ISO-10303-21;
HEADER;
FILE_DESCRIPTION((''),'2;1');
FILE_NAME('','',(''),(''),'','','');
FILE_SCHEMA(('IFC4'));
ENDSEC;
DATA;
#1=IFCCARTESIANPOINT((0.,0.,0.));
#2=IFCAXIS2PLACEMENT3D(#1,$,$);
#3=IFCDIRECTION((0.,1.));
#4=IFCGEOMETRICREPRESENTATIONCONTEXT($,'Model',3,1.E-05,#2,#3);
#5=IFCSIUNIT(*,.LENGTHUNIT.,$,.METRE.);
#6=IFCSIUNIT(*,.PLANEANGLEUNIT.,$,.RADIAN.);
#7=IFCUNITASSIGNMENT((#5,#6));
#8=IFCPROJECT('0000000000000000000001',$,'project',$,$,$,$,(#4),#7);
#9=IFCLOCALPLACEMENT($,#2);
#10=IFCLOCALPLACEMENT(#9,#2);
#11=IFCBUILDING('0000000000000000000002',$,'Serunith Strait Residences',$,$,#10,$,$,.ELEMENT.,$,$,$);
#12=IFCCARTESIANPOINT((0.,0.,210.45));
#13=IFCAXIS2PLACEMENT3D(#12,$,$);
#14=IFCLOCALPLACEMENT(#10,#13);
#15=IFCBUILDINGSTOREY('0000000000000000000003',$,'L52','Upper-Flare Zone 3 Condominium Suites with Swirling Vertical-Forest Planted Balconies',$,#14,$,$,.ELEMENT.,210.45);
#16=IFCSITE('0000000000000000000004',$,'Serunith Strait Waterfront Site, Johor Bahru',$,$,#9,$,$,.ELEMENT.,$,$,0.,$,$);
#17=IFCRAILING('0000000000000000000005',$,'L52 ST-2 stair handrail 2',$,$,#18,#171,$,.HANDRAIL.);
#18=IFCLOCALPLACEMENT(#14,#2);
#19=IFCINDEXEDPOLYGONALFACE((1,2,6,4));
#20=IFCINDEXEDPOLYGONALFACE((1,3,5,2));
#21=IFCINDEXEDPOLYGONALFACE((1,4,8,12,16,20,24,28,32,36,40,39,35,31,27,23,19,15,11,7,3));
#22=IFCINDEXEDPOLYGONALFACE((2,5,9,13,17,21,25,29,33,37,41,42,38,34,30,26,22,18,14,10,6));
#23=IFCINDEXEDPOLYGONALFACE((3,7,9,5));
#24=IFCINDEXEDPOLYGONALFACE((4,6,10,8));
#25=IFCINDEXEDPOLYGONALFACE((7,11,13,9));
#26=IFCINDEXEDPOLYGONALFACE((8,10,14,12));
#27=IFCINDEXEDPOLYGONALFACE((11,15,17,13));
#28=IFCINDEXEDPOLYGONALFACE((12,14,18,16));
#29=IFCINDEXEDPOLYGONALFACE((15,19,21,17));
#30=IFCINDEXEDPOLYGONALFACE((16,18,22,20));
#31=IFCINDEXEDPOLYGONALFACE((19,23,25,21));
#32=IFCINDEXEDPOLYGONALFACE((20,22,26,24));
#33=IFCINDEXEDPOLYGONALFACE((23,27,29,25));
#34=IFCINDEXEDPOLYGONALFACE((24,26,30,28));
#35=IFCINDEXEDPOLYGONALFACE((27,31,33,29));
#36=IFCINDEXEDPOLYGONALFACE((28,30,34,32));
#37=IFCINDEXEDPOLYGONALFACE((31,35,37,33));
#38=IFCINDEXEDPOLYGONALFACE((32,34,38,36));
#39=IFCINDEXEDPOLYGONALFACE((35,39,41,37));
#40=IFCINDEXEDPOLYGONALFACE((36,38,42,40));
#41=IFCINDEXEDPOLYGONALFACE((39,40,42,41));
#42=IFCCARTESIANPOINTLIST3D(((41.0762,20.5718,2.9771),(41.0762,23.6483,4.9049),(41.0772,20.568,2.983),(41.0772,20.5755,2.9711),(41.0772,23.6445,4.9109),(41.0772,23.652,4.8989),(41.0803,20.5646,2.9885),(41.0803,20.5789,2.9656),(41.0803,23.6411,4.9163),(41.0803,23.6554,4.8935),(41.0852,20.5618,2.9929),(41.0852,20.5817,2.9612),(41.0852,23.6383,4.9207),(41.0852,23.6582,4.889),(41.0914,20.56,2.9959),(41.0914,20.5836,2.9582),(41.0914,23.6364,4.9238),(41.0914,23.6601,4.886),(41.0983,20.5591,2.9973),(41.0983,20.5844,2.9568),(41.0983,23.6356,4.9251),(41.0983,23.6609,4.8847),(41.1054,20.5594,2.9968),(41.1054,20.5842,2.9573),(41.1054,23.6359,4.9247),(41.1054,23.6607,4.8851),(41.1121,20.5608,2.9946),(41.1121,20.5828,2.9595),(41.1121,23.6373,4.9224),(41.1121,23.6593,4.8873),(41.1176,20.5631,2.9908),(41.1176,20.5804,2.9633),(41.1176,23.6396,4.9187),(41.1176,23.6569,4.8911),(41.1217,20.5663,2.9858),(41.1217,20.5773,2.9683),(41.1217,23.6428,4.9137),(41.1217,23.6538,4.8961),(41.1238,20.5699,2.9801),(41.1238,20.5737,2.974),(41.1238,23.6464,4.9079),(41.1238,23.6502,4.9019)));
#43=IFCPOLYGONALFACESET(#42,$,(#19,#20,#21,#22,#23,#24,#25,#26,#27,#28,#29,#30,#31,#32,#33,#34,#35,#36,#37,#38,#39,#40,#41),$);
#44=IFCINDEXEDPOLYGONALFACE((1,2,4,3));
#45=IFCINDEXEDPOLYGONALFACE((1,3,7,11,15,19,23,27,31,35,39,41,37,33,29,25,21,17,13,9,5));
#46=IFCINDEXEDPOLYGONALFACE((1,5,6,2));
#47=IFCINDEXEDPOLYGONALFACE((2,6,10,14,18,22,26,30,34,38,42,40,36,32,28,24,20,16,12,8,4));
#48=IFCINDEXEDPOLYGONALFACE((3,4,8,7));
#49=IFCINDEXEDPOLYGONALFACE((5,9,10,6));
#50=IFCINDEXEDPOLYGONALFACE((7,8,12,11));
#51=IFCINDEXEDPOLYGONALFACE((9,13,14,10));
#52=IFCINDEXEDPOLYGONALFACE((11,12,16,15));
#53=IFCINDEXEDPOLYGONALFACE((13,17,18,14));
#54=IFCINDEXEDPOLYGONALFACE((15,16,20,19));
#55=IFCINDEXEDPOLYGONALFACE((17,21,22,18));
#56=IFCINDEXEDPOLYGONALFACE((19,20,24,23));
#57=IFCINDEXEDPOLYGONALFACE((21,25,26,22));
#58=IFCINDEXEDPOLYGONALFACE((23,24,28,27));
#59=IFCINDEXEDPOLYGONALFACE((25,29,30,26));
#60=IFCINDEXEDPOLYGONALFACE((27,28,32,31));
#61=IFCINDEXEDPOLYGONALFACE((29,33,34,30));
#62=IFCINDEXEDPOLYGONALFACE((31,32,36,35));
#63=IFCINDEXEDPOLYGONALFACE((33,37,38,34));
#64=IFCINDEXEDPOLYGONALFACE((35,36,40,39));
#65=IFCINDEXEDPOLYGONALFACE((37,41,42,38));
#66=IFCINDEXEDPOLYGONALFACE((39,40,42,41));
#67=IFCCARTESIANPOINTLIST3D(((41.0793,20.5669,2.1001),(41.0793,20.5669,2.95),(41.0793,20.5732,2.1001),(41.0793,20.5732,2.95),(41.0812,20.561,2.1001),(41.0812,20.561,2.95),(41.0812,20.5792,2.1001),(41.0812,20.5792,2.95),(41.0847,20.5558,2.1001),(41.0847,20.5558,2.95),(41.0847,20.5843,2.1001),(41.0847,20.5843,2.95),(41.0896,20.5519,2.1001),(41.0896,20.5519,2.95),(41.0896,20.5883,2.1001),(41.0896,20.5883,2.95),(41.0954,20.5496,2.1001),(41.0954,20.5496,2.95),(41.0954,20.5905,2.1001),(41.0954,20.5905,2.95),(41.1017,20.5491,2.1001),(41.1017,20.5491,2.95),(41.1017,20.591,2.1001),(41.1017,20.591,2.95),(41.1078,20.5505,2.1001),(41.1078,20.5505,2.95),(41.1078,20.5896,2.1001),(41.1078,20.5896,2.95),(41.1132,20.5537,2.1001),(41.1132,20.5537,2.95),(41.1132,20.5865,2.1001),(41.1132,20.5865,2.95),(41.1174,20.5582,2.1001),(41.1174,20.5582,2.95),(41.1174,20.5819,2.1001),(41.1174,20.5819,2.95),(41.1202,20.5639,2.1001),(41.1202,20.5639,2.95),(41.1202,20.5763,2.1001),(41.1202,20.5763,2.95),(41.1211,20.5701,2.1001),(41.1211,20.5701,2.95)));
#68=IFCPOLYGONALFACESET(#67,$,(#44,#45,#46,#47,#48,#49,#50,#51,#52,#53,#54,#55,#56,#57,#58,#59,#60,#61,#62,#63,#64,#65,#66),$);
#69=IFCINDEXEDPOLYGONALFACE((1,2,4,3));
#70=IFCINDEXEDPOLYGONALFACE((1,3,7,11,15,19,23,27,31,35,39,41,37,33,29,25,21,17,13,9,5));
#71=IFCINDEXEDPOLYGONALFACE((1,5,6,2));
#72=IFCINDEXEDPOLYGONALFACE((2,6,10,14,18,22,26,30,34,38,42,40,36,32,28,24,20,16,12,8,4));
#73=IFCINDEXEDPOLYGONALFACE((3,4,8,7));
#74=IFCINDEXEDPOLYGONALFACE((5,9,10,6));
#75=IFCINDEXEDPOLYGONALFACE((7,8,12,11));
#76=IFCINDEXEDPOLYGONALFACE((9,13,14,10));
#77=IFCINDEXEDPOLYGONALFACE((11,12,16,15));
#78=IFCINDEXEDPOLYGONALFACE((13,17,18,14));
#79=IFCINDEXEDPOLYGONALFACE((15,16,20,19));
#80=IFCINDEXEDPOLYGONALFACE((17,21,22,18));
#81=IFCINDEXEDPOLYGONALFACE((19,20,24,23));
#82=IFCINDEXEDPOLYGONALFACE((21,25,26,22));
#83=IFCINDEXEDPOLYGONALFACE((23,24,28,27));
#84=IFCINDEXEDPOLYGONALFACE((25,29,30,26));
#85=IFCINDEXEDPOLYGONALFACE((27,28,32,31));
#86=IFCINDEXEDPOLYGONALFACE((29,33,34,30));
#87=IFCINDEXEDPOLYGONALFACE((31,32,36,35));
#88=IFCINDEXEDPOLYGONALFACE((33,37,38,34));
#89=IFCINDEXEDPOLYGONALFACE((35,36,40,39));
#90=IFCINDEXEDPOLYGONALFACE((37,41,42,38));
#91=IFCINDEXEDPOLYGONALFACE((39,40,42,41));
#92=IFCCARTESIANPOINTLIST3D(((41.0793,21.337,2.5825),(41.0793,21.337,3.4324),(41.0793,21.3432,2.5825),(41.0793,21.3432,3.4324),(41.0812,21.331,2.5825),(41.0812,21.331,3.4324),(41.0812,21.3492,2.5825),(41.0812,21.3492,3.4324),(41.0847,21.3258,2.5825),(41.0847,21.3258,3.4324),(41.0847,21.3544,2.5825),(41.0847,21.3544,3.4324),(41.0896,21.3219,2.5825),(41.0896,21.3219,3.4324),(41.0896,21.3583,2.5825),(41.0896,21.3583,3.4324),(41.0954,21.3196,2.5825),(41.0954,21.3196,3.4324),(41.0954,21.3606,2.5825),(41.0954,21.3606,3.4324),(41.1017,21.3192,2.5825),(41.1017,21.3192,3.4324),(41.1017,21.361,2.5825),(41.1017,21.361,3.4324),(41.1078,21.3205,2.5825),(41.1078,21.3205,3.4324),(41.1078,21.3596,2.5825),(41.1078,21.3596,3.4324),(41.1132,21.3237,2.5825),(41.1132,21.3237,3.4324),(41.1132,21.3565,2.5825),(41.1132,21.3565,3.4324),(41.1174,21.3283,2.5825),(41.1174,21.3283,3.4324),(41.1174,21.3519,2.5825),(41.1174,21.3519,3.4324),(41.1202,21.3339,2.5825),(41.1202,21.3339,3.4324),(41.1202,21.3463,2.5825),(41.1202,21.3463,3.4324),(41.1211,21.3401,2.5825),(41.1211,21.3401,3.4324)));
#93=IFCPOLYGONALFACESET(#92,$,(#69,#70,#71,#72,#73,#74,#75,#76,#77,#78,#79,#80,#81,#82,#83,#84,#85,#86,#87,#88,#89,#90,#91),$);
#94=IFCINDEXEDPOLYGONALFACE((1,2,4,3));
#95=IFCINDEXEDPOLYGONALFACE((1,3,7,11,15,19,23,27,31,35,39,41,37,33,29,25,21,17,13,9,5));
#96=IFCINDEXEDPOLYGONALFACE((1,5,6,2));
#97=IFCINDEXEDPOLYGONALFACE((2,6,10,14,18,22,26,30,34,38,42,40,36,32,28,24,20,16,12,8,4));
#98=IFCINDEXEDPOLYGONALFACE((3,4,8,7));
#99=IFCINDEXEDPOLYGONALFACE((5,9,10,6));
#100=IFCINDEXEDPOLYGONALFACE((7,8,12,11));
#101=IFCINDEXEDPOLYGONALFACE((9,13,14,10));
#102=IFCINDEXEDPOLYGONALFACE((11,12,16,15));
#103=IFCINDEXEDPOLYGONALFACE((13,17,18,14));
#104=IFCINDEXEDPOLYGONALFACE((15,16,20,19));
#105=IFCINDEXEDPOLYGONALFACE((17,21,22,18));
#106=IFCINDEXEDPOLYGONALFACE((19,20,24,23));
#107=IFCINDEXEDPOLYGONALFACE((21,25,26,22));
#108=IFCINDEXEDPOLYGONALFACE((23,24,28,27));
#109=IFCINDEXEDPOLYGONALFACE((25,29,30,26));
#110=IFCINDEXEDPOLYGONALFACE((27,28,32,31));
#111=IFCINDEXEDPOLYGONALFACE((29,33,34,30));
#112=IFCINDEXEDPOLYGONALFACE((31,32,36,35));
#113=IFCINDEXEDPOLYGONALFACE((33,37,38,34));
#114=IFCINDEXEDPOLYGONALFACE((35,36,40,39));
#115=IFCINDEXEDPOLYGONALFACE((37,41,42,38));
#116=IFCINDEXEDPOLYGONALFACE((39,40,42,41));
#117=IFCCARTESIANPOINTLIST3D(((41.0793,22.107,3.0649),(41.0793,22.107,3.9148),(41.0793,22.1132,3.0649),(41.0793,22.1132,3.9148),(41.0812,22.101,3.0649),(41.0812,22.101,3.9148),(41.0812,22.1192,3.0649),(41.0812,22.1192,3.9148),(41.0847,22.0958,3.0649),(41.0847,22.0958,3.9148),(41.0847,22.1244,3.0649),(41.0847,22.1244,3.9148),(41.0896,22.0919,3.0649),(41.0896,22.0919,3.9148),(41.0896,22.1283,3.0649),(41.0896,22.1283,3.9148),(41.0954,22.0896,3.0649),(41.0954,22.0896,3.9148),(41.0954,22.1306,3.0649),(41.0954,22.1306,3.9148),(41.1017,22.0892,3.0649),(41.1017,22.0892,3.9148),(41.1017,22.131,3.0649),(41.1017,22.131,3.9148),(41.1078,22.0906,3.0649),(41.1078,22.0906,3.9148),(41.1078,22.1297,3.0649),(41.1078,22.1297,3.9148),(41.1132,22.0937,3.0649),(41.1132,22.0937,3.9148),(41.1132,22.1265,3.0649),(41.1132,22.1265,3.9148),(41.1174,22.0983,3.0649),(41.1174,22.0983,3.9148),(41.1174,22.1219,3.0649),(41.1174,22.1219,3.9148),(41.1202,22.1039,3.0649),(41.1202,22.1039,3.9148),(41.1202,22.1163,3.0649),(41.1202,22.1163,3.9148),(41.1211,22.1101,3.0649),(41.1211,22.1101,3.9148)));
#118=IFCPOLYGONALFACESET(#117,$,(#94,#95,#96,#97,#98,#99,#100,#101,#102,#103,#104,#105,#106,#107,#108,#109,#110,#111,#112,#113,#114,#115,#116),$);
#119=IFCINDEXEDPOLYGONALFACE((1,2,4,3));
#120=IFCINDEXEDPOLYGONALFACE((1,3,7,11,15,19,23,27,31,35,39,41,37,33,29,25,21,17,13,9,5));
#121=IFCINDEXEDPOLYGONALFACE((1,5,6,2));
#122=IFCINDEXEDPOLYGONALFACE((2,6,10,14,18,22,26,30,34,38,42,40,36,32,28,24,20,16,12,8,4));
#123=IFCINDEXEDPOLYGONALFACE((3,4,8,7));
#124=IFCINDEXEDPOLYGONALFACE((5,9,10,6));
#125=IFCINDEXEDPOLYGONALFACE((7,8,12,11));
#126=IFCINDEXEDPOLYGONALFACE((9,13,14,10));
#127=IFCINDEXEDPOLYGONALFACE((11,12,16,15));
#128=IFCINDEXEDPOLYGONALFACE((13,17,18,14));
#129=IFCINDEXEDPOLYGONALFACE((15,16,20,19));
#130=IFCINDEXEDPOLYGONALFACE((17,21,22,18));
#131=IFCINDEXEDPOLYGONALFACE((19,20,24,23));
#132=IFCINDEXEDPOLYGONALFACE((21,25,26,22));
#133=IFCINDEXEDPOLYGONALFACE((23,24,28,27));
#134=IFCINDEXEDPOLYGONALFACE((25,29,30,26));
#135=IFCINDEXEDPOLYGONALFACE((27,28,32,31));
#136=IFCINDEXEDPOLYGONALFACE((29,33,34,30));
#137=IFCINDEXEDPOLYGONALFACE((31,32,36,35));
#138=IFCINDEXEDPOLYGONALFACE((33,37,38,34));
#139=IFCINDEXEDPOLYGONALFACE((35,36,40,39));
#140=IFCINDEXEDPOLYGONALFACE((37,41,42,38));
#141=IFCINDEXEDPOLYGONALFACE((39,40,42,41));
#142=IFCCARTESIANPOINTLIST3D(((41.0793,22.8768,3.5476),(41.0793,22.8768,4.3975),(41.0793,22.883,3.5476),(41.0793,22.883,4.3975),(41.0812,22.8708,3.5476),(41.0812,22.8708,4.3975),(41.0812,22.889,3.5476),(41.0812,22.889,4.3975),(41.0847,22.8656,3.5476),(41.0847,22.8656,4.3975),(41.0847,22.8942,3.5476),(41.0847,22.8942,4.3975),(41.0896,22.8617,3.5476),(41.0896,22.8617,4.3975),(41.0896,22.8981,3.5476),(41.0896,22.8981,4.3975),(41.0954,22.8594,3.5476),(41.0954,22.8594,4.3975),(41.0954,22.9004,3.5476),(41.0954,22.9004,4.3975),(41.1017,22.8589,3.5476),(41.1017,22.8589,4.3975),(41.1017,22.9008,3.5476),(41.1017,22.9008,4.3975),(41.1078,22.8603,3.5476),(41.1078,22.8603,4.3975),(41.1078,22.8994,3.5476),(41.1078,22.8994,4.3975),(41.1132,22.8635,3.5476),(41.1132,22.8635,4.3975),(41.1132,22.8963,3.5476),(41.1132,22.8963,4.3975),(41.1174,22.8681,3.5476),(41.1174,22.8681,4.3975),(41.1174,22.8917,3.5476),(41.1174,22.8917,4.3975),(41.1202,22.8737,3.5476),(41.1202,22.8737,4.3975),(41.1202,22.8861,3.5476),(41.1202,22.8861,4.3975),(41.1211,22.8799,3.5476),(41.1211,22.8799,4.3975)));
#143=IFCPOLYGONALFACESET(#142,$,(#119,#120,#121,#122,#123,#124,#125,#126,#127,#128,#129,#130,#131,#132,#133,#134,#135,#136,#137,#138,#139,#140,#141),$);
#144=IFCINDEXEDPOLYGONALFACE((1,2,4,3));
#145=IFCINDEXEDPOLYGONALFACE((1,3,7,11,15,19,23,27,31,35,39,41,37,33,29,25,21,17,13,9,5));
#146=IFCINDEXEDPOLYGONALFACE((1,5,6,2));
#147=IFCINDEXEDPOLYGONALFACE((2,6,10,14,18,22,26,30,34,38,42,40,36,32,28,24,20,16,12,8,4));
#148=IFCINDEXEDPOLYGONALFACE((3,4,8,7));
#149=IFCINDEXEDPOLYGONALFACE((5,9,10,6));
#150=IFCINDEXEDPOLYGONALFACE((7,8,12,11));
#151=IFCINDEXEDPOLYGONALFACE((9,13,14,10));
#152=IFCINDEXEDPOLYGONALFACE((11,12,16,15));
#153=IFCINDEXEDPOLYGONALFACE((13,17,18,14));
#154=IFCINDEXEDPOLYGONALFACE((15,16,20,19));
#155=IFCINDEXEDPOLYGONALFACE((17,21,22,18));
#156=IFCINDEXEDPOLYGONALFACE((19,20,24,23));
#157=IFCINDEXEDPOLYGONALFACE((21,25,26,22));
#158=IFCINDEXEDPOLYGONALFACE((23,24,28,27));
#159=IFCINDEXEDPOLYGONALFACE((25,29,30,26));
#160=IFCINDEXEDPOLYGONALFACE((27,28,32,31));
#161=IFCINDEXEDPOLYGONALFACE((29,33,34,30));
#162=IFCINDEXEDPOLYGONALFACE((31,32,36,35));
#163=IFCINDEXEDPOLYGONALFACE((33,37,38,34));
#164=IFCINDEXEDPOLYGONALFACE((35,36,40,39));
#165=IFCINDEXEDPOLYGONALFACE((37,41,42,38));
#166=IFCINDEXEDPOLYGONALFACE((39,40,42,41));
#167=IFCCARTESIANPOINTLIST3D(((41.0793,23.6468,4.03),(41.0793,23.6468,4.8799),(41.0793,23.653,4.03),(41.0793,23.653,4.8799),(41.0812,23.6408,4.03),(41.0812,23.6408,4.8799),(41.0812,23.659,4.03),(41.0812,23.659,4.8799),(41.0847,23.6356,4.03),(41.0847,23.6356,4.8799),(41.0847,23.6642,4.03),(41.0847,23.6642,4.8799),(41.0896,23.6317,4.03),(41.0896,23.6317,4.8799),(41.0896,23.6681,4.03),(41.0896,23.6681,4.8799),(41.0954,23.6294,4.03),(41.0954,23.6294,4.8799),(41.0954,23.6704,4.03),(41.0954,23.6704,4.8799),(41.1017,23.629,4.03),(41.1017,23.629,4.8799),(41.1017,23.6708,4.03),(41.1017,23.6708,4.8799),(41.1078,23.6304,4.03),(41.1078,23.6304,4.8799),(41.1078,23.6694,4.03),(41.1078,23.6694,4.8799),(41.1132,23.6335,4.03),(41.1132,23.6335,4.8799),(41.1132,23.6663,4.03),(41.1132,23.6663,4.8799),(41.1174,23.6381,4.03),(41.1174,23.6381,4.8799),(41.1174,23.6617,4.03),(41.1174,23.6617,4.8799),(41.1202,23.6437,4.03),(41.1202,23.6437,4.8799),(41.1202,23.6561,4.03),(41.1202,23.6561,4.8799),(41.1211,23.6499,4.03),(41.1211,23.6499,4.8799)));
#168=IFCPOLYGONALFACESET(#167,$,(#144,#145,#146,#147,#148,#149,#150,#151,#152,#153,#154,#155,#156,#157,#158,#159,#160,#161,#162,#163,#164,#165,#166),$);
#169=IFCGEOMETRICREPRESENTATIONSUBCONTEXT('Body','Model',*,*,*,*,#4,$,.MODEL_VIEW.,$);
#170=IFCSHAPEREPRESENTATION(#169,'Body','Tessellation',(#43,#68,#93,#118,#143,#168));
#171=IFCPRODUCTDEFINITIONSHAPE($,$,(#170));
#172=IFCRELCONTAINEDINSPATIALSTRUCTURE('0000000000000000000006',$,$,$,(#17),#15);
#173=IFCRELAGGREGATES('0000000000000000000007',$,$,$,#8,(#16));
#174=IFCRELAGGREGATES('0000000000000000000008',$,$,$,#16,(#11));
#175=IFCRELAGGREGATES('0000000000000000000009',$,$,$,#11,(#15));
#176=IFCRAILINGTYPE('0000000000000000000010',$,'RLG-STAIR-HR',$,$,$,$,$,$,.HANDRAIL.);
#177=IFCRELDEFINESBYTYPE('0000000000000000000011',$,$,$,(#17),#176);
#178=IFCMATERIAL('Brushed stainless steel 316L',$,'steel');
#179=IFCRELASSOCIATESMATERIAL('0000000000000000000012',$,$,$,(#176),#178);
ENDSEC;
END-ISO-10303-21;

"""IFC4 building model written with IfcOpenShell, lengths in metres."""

from ifc_helpers import new_model, si_unit, direction, frame, origin, origin_2d, place, context, subcontext, project, spatial, circle, extrude, material, type_object, element, save


model = new_model("IFC4")

# Units and contexts
model_context = context("Model", 3, precision=1e-05, world=origin(), true_north=direction((0.0, 1.0)))
body_context = subcontext(model_context, "Body", "Model", "MODEL_VIEW")
ifc_project = project(units=[si_unit("LENGTHUNIT", "METRE"), si_unit("PLANEANGLEUNIT", "RADIAN")], contexts=[model_context])

# Site, building, storey
site_placement = place(None, origin())
site = spatial("IfcSite", under=ifc_project, at=site_placement, Name="Serunith Strait Waterfront Site, Johor Bahru", CompositionType="ELEMENT", RefElevation=0.0)
building_placement = place(site_placement, origin())
building = spatial("IfcBuilding", under=site, at=building_placement, Name="Serunith Strait Residences", CompositionType="ELEMENT")
storey_placement = place(building_placement, frame((0.0, 0.0, 210.45)))
storey = spatial("IfcBuildingStorey", under=building, at=storey_placement, Name="L52", Description="Upper-Flare Zone 3 Condominium Suites with Swirling Vertical-Forest Planted Balconies", CompositionType="ELEMENT", Elevation=210.45)

# Railing
ifc_material_1 = material(Name="Brushed stainless steel 316L", Category="steel")
railing_type_1 = type_object("IfcRailingType", Name="RLG-STAIR-HR", PredefinedType="HANDRAIL", material=ifc_material_1)
railing_1_placement = place(storey_placement, frame((41.1001, 20.5701, 2.1001)))
element("IfcRailing", 1, at=railing_1_placement, inside=storey, type_object=railing_type_1, Name="L52 ST-2 stair handrail 2", PredefinedType="HANDRAIL", context=body_context, shape_type="SweptSolid", body=[
    extrude(circle(Radius=0.0239, at=origin_2d()), frame((0.0, 0.0017, 0.877), z_axis=(0.0, 0.847375, 0.530995), x_axis=(-1.0, 0.0, 0.0)), (0.0, 0.0, 1.0), 3.6306),
    extrude(circle(Radius=0.021, at=origin_2d()), origin(), (0.0, 0.0, 1.0), 0.8499),
    extrude(circle(Radius=0.021, at=origin_2d()), frame((0.0, 0.77, 0.4824)), (0.0, 0.0, 1.0), 0.8499),
    extrude(circle(Radius=0.021, at=origin_2d()), frame((0.0, 1.54, 0.9648)), (0.0, 0.0, 1.0), 0.8499),
    extrude(circle(Radius=0.021, at=origin_2d()), frame((0.0, 2.3098, 1.4475)), (0.0, 0.0, 1.0), 0.8499),
    extrude(circle(Radius=0.021, at=origin_2d()), frame((0.0, 3.0798, 1.9299)), (0.0, 0.0, 1.0), 0.8499),
])

save(model, "model.ifc")
